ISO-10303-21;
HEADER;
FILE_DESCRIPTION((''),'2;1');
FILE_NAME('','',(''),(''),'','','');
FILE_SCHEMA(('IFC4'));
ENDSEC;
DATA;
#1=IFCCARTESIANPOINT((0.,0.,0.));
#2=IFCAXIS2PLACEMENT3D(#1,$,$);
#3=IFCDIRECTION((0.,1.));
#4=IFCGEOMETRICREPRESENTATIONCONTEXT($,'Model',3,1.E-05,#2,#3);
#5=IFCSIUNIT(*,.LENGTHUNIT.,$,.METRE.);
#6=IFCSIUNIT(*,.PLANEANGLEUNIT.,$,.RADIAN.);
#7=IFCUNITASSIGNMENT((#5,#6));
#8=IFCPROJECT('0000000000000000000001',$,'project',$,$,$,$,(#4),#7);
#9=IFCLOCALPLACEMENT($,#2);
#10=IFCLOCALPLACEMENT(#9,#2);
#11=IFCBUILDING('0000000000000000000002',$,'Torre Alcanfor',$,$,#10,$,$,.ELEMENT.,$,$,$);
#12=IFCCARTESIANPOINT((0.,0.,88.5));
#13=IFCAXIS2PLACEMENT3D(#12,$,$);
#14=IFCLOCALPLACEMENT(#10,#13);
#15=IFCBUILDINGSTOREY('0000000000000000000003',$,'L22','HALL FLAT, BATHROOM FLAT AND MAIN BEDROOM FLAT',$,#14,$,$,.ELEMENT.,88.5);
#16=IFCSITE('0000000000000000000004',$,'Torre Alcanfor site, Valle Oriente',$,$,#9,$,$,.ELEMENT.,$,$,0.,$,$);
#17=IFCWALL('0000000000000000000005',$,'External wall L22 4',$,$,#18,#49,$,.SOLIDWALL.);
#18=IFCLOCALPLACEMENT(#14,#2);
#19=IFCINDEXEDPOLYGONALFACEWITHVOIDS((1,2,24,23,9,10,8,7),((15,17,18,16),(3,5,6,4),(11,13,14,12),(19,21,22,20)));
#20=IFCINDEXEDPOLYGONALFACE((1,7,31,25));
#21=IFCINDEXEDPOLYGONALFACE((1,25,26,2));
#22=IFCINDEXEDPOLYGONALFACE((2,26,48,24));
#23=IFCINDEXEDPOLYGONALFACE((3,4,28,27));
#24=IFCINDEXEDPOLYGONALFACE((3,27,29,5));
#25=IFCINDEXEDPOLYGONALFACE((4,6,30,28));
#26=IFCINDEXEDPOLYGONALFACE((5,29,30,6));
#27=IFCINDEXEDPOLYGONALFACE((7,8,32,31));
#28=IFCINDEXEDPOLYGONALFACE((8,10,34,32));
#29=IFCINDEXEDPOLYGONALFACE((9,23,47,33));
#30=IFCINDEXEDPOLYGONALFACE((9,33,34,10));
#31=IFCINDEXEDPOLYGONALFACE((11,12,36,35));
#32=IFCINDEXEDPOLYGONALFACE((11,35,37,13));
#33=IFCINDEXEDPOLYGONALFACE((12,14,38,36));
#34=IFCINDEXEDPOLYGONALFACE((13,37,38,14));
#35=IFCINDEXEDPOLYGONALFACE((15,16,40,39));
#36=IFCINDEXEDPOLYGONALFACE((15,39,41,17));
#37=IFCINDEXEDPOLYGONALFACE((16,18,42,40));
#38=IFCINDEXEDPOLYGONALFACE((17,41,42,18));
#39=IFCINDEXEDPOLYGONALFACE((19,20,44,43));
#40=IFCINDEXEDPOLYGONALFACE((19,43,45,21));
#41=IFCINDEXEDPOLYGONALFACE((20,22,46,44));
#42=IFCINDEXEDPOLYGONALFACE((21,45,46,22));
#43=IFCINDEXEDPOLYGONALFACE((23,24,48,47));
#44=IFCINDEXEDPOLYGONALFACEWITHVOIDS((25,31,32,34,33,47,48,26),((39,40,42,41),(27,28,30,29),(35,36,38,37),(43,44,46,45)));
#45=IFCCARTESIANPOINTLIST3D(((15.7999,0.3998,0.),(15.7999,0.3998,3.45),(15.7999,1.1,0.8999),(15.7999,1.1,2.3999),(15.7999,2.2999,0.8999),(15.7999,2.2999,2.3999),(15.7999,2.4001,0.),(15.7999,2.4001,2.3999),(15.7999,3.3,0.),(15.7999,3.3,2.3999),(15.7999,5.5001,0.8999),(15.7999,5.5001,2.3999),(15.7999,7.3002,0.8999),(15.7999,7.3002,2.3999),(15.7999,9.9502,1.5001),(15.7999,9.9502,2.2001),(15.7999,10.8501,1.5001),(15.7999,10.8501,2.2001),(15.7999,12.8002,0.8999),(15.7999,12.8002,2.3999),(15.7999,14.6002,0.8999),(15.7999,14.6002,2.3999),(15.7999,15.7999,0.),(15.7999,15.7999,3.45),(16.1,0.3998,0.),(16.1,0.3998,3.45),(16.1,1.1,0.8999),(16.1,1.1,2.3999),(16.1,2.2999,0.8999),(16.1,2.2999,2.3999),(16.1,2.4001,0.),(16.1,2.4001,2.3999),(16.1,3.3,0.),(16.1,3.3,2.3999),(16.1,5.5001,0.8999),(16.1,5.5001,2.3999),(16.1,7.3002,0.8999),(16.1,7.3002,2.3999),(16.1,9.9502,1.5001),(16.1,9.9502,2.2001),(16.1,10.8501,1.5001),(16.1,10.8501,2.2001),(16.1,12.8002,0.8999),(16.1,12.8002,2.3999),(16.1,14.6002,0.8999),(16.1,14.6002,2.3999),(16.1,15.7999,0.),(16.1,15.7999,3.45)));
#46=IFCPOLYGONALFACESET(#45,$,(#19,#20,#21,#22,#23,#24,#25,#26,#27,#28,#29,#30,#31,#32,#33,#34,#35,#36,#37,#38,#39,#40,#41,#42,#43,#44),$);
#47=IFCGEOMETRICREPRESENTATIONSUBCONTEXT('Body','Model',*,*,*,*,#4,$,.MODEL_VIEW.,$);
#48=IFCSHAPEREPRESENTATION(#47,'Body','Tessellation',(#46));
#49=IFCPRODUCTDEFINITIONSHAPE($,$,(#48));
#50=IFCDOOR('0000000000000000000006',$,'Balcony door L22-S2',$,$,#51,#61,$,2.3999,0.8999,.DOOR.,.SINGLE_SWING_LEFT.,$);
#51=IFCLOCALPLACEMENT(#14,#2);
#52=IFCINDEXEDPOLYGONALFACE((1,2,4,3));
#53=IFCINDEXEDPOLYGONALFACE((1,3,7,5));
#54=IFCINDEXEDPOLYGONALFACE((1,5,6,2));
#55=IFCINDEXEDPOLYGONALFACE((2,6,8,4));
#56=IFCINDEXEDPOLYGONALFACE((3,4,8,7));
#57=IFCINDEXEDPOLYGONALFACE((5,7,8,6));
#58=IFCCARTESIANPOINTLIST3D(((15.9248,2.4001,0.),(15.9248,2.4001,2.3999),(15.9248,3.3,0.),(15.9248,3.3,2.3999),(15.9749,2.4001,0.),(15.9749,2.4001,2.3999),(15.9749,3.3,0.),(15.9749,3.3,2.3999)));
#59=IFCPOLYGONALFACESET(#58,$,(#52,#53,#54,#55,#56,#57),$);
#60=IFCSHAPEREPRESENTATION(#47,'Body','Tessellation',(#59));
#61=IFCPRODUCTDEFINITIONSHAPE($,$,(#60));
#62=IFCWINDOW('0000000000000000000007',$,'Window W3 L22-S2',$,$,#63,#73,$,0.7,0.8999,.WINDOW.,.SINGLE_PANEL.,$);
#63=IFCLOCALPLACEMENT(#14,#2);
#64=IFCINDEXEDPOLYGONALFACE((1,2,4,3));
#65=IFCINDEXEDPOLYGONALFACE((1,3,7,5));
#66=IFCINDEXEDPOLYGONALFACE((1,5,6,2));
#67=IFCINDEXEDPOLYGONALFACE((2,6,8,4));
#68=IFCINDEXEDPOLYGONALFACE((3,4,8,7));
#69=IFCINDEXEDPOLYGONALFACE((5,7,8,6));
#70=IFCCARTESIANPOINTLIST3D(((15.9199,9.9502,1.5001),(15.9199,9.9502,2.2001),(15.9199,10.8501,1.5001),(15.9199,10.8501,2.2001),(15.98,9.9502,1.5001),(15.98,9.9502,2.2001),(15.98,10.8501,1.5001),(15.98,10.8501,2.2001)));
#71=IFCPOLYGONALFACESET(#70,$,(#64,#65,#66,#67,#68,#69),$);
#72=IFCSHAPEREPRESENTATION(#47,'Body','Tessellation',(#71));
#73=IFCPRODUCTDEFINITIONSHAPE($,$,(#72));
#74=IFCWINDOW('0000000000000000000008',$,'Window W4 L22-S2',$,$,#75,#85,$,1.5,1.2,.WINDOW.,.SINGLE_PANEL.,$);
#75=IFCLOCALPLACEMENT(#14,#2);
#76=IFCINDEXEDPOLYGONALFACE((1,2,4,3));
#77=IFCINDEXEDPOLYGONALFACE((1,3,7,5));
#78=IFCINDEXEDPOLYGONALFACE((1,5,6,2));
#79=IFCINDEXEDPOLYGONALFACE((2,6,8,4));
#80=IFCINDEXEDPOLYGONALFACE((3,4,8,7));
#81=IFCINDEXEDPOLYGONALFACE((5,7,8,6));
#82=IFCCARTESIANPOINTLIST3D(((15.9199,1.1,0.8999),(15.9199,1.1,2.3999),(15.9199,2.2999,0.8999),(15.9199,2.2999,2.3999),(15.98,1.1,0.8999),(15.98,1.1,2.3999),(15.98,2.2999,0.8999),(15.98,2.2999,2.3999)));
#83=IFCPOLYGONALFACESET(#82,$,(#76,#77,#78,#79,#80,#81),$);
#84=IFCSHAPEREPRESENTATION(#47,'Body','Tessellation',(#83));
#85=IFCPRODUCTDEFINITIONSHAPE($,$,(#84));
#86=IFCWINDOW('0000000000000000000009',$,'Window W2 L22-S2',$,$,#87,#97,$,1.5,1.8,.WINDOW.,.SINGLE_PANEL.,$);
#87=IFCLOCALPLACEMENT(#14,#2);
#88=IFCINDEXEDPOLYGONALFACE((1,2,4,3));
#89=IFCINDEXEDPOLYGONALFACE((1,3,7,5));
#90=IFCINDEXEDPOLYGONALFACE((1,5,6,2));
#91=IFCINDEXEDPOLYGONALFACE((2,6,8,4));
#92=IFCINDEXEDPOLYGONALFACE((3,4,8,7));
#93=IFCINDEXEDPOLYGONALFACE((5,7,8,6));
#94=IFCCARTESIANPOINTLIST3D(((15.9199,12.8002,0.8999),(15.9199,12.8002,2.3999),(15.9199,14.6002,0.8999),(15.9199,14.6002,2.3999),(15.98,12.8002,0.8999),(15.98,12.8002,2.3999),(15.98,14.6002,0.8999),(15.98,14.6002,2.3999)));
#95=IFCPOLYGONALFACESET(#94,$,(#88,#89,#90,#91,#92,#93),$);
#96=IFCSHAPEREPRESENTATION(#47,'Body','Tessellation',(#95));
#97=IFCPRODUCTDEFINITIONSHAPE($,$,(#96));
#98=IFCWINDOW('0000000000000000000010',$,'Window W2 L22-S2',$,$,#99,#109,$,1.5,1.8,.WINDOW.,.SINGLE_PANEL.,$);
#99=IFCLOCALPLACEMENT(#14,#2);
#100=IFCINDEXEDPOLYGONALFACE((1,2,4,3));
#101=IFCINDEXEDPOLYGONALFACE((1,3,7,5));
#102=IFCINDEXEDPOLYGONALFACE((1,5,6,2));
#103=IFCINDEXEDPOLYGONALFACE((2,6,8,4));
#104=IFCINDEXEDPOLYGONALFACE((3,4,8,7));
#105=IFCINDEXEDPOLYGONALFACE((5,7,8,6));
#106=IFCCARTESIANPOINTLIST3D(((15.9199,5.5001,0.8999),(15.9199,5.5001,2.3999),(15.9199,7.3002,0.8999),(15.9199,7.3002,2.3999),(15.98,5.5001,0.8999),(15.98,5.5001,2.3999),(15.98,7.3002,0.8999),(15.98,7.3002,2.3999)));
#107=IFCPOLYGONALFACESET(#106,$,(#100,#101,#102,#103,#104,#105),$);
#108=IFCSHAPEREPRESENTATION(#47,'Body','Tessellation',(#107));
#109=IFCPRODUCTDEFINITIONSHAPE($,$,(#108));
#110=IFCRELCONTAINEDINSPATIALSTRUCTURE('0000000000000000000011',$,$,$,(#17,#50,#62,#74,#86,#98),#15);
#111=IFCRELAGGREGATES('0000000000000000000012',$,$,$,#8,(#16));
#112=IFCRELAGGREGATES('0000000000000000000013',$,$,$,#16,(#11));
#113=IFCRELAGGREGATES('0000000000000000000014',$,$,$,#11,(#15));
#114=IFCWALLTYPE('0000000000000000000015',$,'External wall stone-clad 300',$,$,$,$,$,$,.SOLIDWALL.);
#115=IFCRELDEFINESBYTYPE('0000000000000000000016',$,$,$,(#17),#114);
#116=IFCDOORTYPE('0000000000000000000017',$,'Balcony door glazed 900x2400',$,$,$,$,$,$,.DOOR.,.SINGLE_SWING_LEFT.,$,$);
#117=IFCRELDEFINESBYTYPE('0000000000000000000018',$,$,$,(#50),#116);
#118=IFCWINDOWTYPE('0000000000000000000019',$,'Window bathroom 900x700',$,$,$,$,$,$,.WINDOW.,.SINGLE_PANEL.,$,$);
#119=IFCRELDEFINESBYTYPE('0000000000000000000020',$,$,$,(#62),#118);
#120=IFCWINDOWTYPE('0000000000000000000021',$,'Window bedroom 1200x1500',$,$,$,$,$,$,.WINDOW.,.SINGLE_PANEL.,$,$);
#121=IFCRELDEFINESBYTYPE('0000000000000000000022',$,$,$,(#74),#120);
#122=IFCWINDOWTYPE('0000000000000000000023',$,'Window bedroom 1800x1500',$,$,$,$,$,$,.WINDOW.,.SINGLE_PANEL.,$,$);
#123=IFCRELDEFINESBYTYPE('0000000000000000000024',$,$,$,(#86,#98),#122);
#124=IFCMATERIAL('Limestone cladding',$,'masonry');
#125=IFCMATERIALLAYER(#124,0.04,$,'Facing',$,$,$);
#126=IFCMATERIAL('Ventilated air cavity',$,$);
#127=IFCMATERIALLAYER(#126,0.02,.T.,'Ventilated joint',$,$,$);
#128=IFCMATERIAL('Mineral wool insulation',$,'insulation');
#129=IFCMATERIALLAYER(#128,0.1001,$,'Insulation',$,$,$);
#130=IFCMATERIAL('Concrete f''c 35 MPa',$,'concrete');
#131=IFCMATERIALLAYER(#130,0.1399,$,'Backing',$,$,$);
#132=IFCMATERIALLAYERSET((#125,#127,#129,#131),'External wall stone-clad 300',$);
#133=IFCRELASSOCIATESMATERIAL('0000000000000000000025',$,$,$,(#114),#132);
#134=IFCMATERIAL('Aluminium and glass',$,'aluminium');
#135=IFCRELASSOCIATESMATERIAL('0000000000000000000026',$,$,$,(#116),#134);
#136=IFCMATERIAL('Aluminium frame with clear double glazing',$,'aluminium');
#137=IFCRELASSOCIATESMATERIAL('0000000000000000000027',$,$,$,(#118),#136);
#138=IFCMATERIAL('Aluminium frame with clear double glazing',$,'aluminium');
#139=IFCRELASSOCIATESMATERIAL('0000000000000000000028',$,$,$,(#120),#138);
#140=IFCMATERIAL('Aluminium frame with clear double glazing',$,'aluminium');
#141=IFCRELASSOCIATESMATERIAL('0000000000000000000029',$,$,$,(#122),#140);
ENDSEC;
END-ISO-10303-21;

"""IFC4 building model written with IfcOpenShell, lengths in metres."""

from ifc_helpers import new_model, si_unit, direction, frame, frame_2d, origin, place, context, subcontext, project, spatial, rectangle, extrude, material, layer, layer_set, type_object, element, fill, save


model = new_model("IFC4")

# Units and contexts
model_context = context("Model", 3, precision=1e-05, world=origin(), true_north=direction((0.0, 1.0)))
body_context = subcontext(model_context, "Body", "Model", "MODEL_VIEW")
ifc_project = project(units=[si_unit("LENGTHUNIT", "METRE"), si_unit("PLANEANGLEUNIT", "RADIAN")], contexts=[model_context])

# Site, building, storey
site_placement = place(None, origin())
site = spatial("IfcSite", under=ifc_project, at=site_placement, Name="Torre Alcanfor site, Valle Oriente", CompositionType="ELEMENT", RefElevation=0.0)
building_placement = place(site_placement, origin())
building = spatial("IfcBuilding", under=site, at=building_placement, Name="Torre Alcanfor", CompositionType="ELEMENT")
storey_placement = place(building_placement, frame((0.0, 0.0, 88.5)))
storey = spatial("IfcBuildingStorey", under=building, at=storey_placement, Name="L22", Description="HALL FLAT, BATHROOM FLAT AND MAIN BEDROOM FLAT", CompositionType="ELEMENT", Elevation=88.5)

# Wall, openings, door, windows
ifc_material_1 = material(Name="Limestone cladding", Category="masonry")
ifc_layer_1 = layer(ifc_material_1, 0.04, Name="Facing")
ifc_material_2 = material(Name="Ventilated air cavity")
ifc_layer_2 = layer(ifc_material_2, 0.02, ventilated=True, Name="Ventilated joint")
ifc_material_3 = material(Name="Mineral wool insulation", Category="insulation")
ifc_layer_3 = layer(ifc_material_3, 0.1001, Name="Insulation")
ifc_material_4 = material(Name="Concrete f'c 35 MPa", Category="concrete")
ifc_layer_4 = layer(ifc_material_4, 0.1399, Name="Backing")
ifc_layer_set_1 = layer_set([ifc_layer_1, ifc_layer_2, ifc_layer_3, ifc_layer_4], Name="External wall stone-clad 300")
wall_type_1 = type_object("IfcWallType", Name="External wall stone-clad 300", PredefinedType="SOLIDWALL", material=ifc_layer_set_1)
ifc_material_5 = material(Name="Aluminium and glass", Category="aluminium")
door_type = type_object("IfcDoorType", Name="Balcony door glazed 900x2400", OperationType="SINGLE_SWING_LEFT", PredefinedType="DOOR", material=ifc_material_5)
ifc_material_6 = material(Name="Aluminium frame with clear double glazing", Category="aluminium")
window_type_1 = type_object("IfcWindowType", Name="Window bathroom 900x700", PartitioningType="SINGLE_PANEL", PredefinedType="WINDOW", material=ifc_material_6)
ifc_material_7 = material(Name="Aluminium frame with clear double glazing", Category="aluminium")
window_type_2 = type_object("IfcWindowType", Name="Window bedroom 1200x1500", PartitioningType="SINGLE_PANEL", PredefinedType="WINDOW", material=ifc_material_7)
ifc_material_8 = material(Name="Aluminium frame with clear double glazing", Category="aluminium")
window_type_3 = type_object("IfcWindowType", Name="Window bedroom 1800x1500", PartitioningType="SINGLE_PANEL", PredefinedType="WINDOW", material=ifc_material_8)
wall_1_placement = place(storey_placement, frame((15.95, 15.8, 0.0), z_axis=(0.0, 0.0, 1.0), x_axis=(0.0, -1.0, 0.0)))
wall_1 = element("IfcWall", 1, at=wall_1_placement, inside=storey, type_object=wall_type_1, Name="External wall L22 4", PredefinedType="SOLIDWALL", context=body_context, shape_type="SweptSolid", body=[
    extrude(rectangle(XDim=15.4001, YDim=0.3, at=frame_2d((7.7002, 0.0))), origin(), (0.0, 0.0, 1.0), 3.45),
])
opening_1_placement = place(wall_1_placement, frame((1.2, 0.0, 0.8999)))
opening_1 = element("IfcOpeningElement", 2, at=opening_1_placement, cuts=wall_1, PredefinedType="OPENING", context=body_context, shape_type="SweptSolid", body=[
    extrude(rectangle(XDim=1.8, YDim=1.5, at=frame_2d((0.8999, 0.75))), frame((0.0, 0.1599, 0.0), z_axis=(0.0, -1.0, 0.0), x_axis=(1.0, 0.0, 0.0)), (0.0, 0.0, 1.0), 0.3201),
])
opening_2_placement = place(wall_1_placement, frame((4.95, 0.0, 1.5)))
opening_2 = element("IfcOpeningElement", 3, at=opening_2_placement, cuts=wall_1, PredefinedType="OPENING", context=body_context, shape_type="SweptSolid", body=[
    extrude(rectangle(XDim=0.8999, YDim=0.7, at=frame_2d((0.45, 0.3501))), frame((0.0, 0.1599, 0.0), z_axis=(0.0, -1.0, 0.0), x_axis=(1.0, 0.0, 0.0)), (0.0, 0.0, 1.0), 0.3201),
])
opening_3_placement = place(wall_1_placement, frame((8.5, 0.0, 0.8999)))
opening_3 = element("IfcOpeningElement", 4, at=opening_3_placement, cuts=wall_1, PredefinedType="OPENING", context=body_context, shape_type="SweptSolid", body=[
    extrude(rectangle(XDim=1.8, YDim=1.5, at=frame_2d((0.8999, 0.75))), frame((0.0, 0.1599, 0.0), z_axis=(0.0, -1.0, 0.0), x_axis=(1.0, 0.0, 0.0)), (0.0, 0.0, 1.0), 0.3201),
])
opening_4_placement = place(wall_1_placement, frame((12.5, 0.0, 0.0)))
opening_4 = element("IfcOpeningElement", 5, at=opening_4_placement, cuts=wall_1, PredefinedType="OPENING", context=body_context, shape_type="SweptSolid", body=[
    extrude(rectangle(XDim=0.8999, YDim=2.3999, at=frame_2d((0.45, 1.2))), frame((0.0, 0.1599, 0.0), z_axis=(0.0, -1.0, 0.0), x_axis=(1.0, 0.0, 0.0)), (0.0, 0.0, 1.0), 0.3201),
])
opening_5_placement = place(wall_1_placement, frame((13.5, 0.0, 0.8999)))
opening_5 = element("IfcOpeningElement", 6, at=opening_5_placement, cuts=wall_1, PredefinedType="OPENING", context=body_context, shape_type="SweptSolid", body=[
    extrude(rectangle(XDim=1.2, YDim=1.5, at=frame_2d((0.6001, 0.75))), frame((0.0, 0.1599, 0.0), z_axis=(0.0, -1.0, 0.0), x_axis=(1.0, 0.0, 0.0)), (0.0, 0.0, 1.0), 0.3201),
])
door_1_placement = place(opening_4_placement, origin())
door_1 = element("IfcDoor", 7, at=door_1_placement, inside=storey, type_object=door_type, Name="Balcony door L22-S2", OperationType="SINGLE_SWING_LEFT", OverallHeight=2.3999, OverallWidth=0.8999, PredefinedType="DOOR", context=body_context, shape_type="SweptSolid", body=[
    extrude(rectangle(XDim=0.8999, YDim=2.3999, at=frame_2d((0.45, 1.2))), frame((0.0, 0.0249, 0.0), z_axis=(0.0, -1.0, 0.0), x_axis=(1.0, 0.0, 0.0)), (0.0, 0.0, 1.0), 0.05),
])
fill(opening_4, door_1)
window_1_placement = place(opening_2_placement, origin())
window_1 = element("IfcWindow", 8, at=window_1_placement, inside=storey, type_object=window_type_1, Name="Window W3 L22-S2", OverallHeight=0.7, OverallWidth=0.8999, PartitioningType="SINGLE_PANEL", PredefinedType="WINDOW", context=body_context, shape_type="SweptSolid", body=[
    extrude(rectangle(XDim=0.8999, YDim=0.7, at=frame_2d((0.45, 0.3501))), frame((0.0, 0.03, 0.0), z_axis=(0.0, -1.0, 0.0), x_axis=(1.0, 0.0, 0.0)), (0.0, 0.0, 1.0), 0.0601),
])
fill(opening_2, window_1)
window_2_placement = place(opening_5_placement, origin())
window_2 = element("IfcWindow", 9, at=window_2_placement, inside=storey, type_object=window_type_2, Name="Window W4 L22-S2", OverallHeight=1.5, OverallWidth=1.2, PartitioningType="SINGLE_PANEL", PredefinedType="WINDOW", context=body_context, shape_type="SweptSolid", body=[
    extrude(rectangle(XDim=1.2, YDim=1.5, at=frame_2d((0.6001, 0.75))), frame((0.0, 0.03, 0.0), z_axis=(0.0, -1.0, 0.0), x_axis=(1.0, 0.0, 0.0)), (0.0, 0.0, 1.0), 0.0601),
])
fill(opening_5, window_2)
window_3_placement = place(opening_1_placement, origin())
window_3 = element("IfcWindow", 10, at=window_3_placement, inside=storey, type_object=window_type_3, Name="Window W2 L22-S2", OverallHeight=1.5, OverallWidth=1.8, PartitioningType="SINGLE_PANEL", PredefinedType="WINDOW", context=body_context, shape_type="SweptSolid", body=[
    extrude(rectangle(XDim=1.8, YDim=1.5, at=frame_2d((0.8999, 0.75))), frame((0.0, 0.03, 0.0), z_axis=(0.0, -1.0, 0.0), x_axis=(1.0, 0.0, 0.0)), (0.0, 0.0, 1.0), 0.0601),
])
fill(opening_1, window_3)
window_4_placement = place(opening_3_placement, origin())
window_4 = element("IfcWindow", 11, at=window_4_placement, inside=storey, type_object=window_type_3, Name="Window W2 L22-S2", OverallHeight=1.5, OverallWidth=1.8, PartitioningType="SINGLE_PANEL", PredefinedType="WINDOW", context=body_context, shape_type="SweptSolid", body=[
    extrude(rectangle(XDim=1.8, YDim=1.5, at=frame_2d((0.8999, 0.75))), frame((0.0, 0.03, 0.0), z_axis=(0.0, -1.0, 0.0), x_axis=(1.0, 0.0, 0.0)), (0.0, 0.0, 1.0), 0.0601),
])
fill(opening_3, window_4)

save(model, "model.ifc")
